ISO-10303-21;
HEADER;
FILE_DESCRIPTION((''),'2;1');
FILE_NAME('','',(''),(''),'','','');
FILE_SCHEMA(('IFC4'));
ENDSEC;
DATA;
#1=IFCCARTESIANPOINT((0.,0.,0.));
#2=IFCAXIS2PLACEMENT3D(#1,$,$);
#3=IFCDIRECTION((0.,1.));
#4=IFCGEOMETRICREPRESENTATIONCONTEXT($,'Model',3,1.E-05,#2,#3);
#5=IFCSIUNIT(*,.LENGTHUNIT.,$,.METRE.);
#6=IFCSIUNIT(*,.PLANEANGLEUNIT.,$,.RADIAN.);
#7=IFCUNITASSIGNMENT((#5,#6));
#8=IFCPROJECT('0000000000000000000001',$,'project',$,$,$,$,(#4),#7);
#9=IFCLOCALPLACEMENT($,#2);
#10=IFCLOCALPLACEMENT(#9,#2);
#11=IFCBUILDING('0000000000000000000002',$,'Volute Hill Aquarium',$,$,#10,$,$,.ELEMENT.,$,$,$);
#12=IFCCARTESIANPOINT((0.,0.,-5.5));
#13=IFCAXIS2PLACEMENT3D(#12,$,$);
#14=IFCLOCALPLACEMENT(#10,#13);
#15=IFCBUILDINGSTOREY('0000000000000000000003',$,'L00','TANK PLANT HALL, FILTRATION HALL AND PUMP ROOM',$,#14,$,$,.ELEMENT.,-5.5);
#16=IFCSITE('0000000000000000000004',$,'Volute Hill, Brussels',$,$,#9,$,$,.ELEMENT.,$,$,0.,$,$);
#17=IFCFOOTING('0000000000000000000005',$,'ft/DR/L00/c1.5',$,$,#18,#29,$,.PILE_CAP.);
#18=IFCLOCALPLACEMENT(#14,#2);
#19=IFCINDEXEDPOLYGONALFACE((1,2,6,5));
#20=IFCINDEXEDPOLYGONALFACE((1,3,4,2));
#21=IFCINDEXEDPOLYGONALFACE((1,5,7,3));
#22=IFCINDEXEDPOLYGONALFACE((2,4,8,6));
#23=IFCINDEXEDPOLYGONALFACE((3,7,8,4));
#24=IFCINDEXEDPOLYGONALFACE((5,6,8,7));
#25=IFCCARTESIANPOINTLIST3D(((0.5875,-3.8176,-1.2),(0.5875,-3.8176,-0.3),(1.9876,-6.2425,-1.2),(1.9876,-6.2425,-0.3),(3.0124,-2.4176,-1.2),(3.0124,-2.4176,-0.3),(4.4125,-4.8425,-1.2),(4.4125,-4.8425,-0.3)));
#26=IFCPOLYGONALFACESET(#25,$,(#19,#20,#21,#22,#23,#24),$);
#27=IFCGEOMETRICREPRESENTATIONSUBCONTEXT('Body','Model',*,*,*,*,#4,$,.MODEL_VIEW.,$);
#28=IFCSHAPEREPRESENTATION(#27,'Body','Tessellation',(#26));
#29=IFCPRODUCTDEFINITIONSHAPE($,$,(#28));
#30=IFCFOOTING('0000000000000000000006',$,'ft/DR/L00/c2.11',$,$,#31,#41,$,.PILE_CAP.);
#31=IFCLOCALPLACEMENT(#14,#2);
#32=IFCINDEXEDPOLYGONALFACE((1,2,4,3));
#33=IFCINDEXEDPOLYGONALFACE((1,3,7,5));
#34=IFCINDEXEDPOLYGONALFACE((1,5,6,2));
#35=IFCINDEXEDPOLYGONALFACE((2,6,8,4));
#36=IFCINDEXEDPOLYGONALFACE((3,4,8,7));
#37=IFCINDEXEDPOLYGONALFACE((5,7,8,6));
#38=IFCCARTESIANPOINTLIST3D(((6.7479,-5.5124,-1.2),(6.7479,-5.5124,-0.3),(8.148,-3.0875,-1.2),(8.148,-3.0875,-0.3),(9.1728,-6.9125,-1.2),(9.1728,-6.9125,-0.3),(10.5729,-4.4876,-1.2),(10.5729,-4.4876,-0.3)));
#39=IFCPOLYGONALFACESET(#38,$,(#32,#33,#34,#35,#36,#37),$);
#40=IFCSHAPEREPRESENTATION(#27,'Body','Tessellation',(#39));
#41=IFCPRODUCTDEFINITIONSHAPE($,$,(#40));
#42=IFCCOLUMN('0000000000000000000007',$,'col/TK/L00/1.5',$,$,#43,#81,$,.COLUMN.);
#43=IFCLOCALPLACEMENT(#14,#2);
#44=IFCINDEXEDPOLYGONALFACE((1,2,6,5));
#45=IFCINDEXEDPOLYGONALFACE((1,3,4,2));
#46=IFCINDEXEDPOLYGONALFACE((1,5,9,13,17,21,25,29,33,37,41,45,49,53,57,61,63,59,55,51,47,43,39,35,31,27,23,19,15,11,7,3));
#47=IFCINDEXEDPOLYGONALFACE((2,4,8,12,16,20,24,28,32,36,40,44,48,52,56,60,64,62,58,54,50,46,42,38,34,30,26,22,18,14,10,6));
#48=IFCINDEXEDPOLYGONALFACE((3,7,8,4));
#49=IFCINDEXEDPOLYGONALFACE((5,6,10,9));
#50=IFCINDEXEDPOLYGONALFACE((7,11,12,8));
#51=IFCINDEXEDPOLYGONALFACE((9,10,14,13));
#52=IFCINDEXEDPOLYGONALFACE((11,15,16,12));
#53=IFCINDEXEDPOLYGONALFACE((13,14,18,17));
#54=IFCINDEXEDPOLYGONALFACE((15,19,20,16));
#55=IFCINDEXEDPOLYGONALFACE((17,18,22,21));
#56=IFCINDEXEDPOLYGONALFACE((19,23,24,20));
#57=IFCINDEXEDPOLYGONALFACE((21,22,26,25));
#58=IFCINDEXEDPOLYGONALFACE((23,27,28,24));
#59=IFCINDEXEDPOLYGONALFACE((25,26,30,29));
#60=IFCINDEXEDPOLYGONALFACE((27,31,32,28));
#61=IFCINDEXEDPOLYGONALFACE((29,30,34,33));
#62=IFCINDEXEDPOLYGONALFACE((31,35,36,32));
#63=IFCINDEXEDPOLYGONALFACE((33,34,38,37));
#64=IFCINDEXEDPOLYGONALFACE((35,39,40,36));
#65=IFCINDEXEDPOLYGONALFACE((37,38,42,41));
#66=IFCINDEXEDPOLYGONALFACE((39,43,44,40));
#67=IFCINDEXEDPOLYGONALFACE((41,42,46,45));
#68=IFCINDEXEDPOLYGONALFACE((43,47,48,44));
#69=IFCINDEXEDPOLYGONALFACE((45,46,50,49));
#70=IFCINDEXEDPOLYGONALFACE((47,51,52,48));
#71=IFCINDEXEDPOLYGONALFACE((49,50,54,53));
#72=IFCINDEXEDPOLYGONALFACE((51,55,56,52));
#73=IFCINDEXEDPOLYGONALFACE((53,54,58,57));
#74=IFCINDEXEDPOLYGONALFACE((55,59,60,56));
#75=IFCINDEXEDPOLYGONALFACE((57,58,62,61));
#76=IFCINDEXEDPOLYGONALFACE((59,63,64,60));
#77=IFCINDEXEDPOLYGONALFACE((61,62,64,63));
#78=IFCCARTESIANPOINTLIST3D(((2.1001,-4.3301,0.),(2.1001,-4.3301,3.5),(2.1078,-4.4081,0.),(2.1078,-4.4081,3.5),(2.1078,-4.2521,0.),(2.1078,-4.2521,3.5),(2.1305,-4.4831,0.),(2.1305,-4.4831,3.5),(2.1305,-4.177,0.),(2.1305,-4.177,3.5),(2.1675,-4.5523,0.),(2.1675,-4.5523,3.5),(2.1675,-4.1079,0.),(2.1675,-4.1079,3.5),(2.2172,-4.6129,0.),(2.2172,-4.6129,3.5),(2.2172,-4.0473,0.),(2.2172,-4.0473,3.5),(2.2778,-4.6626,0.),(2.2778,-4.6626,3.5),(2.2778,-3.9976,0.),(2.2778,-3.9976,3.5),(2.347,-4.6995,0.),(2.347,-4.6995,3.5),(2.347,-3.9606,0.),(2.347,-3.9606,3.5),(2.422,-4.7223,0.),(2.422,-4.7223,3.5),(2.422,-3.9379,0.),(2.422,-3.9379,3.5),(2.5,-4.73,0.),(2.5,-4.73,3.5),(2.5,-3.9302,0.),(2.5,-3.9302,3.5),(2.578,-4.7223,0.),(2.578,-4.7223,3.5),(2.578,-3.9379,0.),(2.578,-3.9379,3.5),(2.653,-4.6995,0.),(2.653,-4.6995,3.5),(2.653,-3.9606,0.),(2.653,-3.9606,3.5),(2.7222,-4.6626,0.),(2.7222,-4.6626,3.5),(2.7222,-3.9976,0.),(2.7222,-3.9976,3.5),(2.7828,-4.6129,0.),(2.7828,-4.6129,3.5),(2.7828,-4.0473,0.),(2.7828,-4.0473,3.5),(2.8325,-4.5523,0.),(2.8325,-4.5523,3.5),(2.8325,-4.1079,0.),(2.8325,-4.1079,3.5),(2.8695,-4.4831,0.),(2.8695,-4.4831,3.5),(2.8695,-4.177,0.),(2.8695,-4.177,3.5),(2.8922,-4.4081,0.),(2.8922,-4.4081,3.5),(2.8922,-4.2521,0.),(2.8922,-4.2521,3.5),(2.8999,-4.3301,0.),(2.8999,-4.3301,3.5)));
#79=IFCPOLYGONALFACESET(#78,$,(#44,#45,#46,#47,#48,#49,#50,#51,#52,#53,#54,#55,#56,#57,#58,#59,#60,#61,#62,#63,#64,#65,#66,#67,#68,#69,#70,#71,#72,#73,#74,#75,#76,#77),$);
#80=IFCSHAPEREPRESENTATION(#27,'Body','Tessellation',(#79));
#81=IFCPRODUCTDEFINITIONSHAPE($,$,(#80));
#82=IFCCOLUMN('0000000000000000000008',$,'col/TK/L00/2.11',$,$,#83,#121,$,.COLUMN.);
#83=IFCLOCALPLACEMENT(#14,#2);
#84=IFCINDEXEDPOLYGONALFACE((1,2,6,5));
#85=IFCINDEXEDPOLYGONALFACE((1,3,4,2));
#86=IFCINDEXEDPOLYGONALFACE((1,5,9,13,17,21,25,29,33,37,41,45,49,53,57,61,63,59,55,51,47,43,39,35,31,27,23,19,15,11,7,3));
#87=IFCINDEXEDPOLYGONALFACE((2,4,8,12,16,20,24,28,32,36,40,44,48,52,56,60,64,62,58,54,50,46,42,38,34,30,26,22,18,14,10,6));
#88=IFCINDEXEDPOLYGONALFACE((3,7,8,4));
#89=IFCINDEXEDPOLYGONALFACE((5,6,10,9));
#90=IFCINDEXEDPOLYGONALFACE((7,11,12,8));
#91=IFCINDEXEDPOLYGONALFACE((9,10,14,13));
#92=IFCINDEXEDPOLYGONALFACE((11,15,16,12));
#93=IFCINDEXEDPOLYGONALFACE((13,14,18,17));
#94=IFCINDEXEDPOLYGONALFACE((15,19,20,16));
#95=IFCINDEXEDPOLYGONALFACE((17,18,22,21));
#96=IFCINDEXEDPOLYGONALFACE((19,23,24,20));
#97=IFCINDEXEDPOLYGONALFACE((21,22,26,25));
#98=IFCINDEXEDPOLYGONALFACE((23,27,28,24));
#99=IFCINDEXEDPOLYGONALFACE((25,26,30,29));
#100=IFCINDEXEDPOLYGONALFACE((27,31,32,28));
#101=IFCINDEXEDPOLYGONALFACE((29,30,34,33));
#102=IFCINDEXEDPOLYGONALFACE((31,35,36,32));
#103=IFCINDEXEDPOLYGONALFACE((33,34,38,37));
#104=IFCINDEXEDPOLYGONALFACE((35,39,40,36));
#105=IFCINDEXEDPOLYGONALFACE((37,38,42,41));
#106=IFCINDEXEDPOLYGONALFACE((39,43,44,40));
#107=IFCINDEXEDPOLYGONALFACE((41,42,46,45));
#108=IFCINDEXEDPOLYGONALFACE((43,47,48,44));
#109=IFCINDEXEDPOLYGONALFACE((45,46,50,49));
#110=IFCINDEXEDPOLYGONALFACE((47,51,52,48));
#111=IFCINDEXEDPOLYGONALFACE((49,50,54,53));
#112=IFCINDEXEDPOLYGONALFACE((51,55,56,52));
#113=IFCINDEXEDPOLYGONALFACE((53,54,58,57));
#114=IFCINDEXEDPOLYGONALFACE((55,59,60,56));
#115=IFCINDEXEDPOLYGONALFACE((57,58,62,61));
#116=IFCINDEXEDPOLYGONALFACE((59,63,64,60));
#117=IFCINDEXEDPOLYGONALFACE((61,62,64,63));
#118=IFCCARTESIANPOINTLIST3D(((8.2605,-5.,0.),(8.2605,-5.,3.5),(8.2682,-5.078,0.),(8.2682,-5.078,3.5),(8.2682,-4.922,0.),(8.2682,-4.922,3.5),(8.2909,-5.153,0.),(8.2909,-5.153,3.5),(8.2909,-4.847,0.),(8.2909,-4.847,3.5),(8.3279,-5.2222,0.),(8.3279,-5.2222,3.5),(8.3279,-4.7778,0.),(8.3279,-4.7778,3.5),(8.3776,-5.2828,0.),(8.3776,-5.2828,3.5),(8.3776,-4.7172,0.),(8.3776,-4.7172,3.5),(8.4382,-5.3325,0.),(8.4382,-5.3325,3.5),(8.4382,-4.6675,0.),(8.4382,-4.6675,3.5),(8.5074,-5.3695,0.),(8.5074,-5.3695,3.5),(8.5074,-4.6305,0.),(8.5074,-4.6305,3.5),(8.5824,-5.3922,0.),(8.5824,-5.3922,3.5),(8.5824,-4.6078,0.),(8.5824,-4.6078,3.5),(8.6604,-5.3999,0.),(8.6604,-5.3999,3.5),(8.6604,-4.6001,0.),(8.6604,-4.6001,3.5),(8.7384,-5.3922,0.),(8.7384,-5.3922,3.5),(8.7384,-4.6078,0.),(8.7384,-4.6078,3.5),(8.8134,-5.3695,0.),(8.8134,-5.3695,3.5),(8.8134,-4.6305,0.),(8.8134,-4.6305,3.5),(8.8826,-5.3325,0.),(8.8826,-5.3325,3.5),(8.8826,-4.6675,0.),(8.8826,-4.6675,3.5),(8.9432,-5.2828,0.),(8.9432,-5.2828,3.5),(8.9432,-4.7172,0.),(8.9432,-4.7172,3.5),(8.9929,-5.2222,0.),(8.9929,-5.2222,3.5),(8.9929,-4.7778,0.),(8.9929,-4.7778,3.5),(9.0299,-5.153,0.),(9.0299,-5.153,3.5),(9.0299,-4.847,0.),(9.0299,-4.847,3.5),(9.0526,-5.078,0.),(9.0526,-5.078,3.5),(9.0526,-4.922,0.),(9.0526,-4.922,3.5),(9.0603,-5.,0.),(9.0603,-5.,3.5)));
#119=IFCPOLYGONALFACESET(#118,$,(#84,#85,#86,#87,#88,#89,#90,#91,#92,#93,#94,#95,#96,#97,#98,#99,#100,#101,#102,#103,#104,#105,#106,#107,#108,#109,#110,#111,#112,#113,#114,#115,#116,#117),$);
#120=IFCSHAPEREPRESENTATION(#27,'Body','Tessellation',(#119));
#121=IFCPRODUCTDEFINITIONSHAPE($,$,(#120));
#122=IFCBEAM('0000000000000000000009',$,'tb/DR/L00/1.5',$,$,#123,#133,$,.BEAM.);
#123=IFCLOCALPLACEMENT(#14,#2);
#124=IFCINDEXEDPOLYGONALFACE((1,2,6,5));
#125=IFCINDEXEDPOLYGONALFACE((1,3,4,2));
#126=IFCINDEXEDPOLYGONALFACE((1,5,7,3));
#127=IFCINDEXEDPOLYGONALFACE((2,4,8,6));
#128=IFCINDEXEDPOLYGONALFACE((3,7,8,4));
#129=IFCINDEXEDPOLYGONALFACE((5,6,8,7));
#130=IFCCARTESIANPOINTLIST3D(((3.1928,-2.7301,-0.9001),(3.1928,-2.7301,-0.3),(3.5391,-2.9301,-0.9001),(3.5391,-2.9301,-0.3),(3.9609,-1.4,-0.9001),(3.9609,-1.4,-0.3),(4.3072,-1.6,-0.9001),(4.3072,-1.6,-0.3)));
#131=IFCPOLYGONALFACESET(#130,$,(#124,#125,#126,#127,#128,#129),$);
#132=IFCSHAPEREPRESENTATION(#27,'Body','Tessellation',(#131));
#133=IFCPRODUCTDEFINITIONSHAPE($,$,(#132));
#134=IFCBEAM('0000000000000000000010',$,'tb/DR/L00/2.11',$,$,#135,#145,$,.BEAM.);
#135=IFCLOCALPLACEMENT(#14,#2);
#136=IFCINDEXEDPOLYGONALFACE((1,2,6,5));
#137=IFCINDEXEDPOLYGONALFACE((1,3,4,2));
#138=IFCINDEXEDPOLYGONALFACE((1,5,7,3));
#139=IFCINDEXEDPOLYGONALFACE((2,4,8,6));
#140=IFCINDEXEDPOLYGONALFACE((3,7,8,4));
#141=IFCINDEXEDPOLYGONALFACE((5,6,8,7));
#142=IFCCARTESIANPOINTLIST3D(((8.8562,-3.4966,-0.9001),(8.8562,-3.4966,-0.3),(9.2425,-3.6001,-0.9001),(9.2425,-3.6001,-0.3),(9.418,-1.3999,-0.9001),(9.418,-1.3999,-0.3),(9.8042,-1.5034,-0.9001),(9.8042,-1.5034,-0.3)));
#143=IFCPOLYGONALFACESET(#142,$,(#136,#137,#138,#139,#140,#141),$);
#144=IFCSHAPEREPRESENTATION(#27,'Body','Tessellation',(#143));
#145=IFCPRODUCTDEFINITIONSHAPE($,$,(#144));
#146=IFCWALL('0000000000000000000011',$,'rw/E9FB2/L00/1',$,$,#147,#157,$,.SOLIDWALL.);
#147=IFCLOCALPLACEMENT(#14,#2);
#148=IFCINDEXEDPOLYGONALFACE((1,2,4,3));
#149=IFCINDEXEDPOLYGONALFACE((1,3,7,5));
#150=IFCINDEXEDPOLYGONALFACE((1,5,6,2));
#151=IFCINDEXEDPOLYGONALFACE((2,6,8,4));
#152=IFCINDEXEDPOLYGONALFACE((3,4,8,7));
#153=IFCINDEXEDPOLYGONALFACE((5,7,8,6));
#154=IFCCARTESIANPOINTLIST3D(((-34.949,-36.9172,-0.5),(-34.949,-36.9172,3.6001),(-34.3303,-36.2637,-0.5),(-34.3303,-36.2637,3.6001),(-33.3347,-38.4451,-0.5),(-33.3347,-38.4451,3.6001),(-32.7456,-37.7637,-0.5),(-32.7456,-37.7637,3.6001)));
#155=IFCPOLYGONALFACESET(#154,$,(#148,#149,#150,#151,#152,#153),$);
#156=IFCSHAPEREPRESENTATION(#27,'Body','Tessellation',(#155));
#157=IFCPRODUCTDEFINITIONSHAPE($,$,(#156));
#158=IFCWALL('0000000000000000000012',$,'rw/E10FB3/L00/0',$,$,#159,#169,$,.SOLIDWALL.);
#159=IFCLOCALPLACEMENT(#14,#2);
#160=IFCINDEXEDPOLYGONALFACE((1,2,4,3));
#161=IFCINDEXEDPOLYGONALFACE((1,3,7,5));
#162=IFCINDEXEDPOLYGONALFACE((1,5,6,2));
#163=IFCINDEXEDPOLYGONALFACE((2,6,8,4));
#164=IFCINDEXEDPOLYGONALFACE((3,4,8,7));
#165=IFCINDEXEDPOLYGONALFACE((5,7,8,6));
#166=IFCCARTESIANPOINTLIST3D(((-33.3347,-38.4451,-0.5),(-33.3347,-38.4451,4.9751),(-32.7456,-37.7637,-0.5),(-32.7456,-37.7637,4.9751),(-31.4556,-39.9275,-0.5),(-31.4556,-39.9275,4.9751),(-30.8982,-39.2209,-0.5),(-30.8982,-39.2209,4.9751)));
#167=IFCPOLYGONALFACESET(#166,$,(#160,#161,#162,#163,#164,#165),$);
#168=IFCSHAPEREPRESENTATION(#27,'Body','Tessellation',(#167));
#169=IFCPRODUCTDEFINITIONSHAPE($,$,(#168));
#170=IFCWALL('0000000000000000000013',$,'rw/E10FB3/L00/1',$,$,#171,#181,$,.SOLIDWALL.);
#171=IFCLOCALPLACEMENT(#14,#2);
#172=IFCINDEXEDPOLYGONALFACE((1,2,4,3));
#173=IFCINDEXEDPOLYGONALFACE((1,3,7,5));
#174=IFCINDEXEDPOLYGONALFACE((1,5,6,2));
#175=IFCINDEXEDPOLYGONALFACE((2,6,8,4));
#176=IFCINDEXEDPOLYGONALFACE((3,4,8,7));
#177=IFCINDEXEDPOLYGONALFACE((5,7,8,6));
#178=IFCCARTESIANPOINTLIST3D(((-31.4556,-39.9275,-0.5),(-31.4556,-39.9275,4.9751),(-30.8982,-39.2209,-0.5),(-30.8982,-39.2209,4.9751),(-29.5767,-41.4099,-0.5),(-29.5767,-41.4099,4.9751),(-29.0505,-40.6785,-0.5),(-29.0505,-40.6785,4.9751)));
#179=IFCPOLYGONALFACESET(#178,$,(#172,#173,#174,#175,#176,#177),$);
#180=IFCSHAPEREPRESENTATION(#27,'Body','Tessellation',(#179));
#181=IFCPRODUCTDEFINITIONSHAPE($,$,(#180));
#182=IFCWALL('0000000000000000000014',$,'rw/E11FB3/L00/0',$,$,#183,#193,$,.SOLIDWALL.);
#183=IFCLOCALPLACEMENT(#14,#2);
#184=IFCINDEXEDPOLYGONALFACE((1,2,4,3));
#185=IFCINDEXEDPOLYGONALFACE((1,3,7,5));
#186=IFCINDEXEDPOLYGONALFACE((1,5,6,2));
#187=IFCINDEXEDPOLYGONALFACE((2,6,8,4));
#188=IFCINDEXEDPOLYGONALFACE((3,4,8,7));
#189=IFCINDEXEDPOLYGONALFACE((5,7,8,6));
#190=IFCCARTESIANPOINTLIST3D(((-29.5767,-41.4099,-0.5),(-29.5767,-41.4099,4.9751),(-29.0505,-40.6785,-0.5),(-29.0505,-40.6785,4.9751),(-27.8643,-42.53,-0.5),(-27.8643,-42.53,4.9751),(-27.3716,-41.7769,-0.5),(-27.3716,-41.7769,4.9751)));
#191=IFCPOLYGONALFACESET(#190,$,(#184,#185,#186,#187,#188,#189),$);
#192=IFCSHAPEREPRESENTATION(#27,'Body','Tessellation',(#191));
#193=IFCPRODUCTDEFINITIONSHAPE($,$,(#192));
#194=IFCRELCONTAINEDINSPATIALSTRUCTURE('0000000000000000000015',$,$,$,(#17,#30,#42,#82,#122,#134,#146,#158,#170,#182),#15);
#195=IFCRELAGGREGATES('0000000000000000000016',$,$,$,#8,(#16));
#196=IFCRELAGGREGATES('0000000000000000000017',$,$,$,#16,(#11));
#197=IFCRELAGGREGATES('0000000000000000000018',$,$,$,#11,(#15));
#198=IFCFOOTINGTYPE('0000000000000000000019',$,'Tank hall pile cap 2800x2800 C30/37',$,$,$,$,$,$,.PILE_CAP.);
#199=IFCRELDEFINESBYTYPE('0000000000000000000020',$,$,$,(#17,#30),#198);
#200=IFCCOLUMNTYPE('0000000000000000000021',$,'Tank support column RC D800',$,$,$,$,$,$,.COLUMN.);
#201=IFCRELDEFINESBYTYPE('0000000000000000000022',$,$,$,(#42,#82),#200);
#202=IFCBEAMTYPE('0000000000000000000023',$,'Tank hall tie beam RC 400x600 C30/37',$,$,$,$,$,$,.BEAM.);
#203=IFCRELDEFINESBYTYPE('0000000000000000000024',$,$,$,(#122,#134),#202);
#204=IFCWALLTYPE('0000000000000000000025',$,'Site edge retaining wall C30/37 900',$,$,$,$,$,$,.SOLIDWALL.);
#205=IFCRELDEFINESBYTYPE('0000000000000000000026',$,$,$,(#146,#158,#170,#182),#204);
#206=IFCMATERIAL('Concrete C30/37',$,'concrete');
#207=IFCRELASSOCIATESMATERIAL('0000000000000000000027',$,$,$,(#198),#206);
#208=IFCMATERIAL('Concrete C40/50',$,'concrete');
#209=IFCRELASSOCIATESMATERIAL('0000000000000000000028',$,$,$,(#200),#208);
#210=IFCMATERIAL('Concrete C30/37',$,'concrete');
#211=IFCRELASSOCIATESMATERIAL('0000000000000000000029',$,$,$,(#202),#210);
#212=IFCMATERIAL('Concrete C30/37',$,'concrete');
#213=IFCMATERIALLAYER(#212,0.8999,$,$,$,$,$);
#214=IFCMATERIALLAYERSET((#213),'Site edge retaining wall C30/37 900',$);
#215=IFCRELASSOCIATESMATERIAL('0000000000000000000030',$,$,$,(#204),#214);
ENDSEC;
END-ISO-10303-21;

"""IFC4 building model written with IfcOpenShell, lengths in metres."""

from ifc_helpers import new_model, si_unit, direction, frame, origin, origin_2d, place, context, subcontext, project, spatial, polyline, rectangle, circle, outline, extrude, material, layer, layer_set, material_profile, profile_set, type_object, element, save


model = new_model("IFC4")

# Units and contexts
model_context = context("Model", 3, precision=1e-05, world=origin(), true_north=direction((0.0, 1.0)))
body_context = subcontext(model_context, "Body", "Model", "MODEL_VIEW")
ifc_project = project(units=[si_unit("LENGTHUNIT", "METRE"), si_unit("PLANEANGLEUNIT", "RADIAN")], contexts=[model_context])

# Site, building, storey
site_placement = place(None, origin())
site = spatial("IfcSite", under=ifc_project, at=site_placement, Name="Volute Hill, Brussels", CompositionType="ELEMENT", RefElevation=0.0)
building_placement = place(site_placement, origin())
building = spatial("IfcBuilding", under=site, at=building_placement, Name="Volute Hill Aquarium", CompositionType="ELEMENT")
storey_placement = place(building_placement, frame((0.0, 0.0, -5.5)))
storey = spatial("IfcBuildingStorey", under=building, at=storey_placement, Name="L00", Description="TANK PLANT HALL, FILTRATION HALL AND PUMP ROOM", CompositionType="ELEMENT", Elevation=-5.5)

# Footings
ifc_material_1 = material(Name="Concrete C30/37", Category="concrete")
footing_type_1 = type_object("IfcFootingType", Name="Tank hall pile cap 2800x2800 C30/37", PredefinedType="PILE_CAP", material=ifc_material_1)
for number, where, z_axis, x_axis, name in (
    (1, (2.5, -4.3301, -1.2), (0.0, 0.0, 1.0), (0.866025, 0.5, 0.0), "ft/DR/L00/c1.5"),
    (2, (8.6604, -5.0, -1.2), (0.0, 0.0, 1.0), (0.5, 0.866025, 0.0), "ft/DR/L00/c2.11"),
):
    element("IfcFooting", number, at=place(storey_placement, frame(where, z_axis=z_axis, x_axis=x_axis)), inside=storey, type_object=footing_type_1, Name=name, PredefinedType="PILE_CAP", context=body_context, shape_type="SweptSolid", body=[
        extrude(rectangle(XDim=2.8, YDim=2.8, at=origin_2d()), origin(), (0.0, 0.0, 1.0), 0.8999),
    ])

# Columns
ifc_material_2 = material(Name="Concrete C40/50", Category="concrete")
ifc_material_profile_1 = material_profile(ifc_material_2, circle(Radius=0.3999, at=origin_2d()), Name="RC round column D800")
ifc_profile_set_1 = profile_set([ifc_material_profile_1], Name="Concrete C40/50")
column_type = type_object("IfcColumnType", Name="Tank support column RC D800", PredefinedType="COLUMN", material=ifc_profile_set_1)
for number, where, z_axis, x_axis, name in (
    (3, (2.5, -4.3301, 0.0), (0.0, 0.0, 1.0), (1.0, 0.0, 0.0), "col/TK/L00/1.5"),
    (4, (8.6604, -5.0, 0.0), (0.0, 0.0, 1.0), (1.0, 0.0, 0.0), "col/TK/L00/2.11"),
):
    element("IfcColumn", number, at=place(storey_placement, frame(where, z_axis=z_axis, x_axis=x_axis)), inside=storey, type_object=column_type, Name=name, PredefinedType="COLUMN", context=body_context, shape_type="SweptSolid", body=[
        extrude(circle(Radius=0.3999, at=origin_2d()), origin(), (0.0, 0.0, 1.0), 3.5),
    ])

# Beams
ifc_material_3 = material(Name="Concrete C30/37", Category="concrete")
ifc_material_profile_2 = material_profile(ifc_material_3, rectangle(XDim=0.3999, YDim=0.6001, at=origin_2d()), Name="RC tie beam 400x600")
ifc_profile_set_2 = profile_set([ifc_material_profile_2], Name="Concrete C30/37")
beam_type = type_object("IfcBeamType", Name="Tank hall tie beam RC 400x600 C30/37", PredefinedType="BEAM", material=ifc_profile_set_2)
beam_1_placement = place(storey_placement, frame((3.366, -2.8301, -0.6001), z_axis=(0.500071, 0.865984, 0.0), x_axis=(-0.865984, 0.500071, 0.0)))
element("IfcBeam", 5, at=beam_1_placement, inside=storey, type_object=beam_type, Name="tb/DR/L00/1.5", PredefinedType="BEAM", context=body_context, shape_type="SweptSolid", body=[
    extrude(rectangle(XDim=0.3999, YDim=0.6001, at=origin_2d()), origin(), (0.0, 0.0, 1.0), 1.5359),
])
beam_2_placement = place(storey_placement, frame((9.0493, -3.5483, -0.6001), z_axis=(0.258804, 0.96593, 0.0), x_axis=(-0.96593, 0.258804, 0.0)))
element("IfcBeam", 6, at=beam_2_placement, inside=storey, type_object=beam_type, Name="tb/DR/L00/2.11", PredefinedType="BEAM", context=body_context, shape_type="SweptSolid", body=[
    extrude(rectangle(XDim=0.3999, YDim=0.6001, at=origin_2d()), origin(), (0.0, 0.0, 1.0), 2.1707),
])

# Walls
ifc_material_4 = material(Name="Concrete C30/37", Category="concrete")
ifc_layer_1 = layer(ifc_material_4, 0.8999)
ifc_layer_set_1 = layer_set([ifc_layer_1], Name="Site edge retaining wall C30/37 900")
wall_type = type_object("IfcWallType", Name="Site edge retaining wall C30/37 900", PredefinedType="SOLIDWALL", material=ifc_layer_set_1)
wall_1_placement = place(storey_placement, frame((0.0, 0.0, -0.5)))
element("IfcWall", 7, at=wall_1_placement, inside=storey, type_object=wall_type, Name="rw/E9FB2/L00/1", PredefinedType="SOLIDWALL", context=body_context, shape_type="SweptSolid", body=[
    extrude(outline(polyline([(-34.949, -36.9172), (-33.3347, -38.4451), (-32.7456, -37.7637), (-34.3303, -36.2637), (-34.949, -36.9172)])), origin(), (0.0, 0.0, 1.0), 4.1001),
])
wall_2_placement = place(storey_placement, frame((0.0, 0.0, -0.5)))
element("IfcWall", 8, at=wall_2_placement, inside=storey, type_object=wall_type, Name="rw/E10FB3/L00/0", PredefinedType="SOLIDWALL", context=body_context, shape_type="SweptSolid", body=[
    extrude(outline(polyline([(-33.3347, -38.4451), (-31.4556, -39.9275), (-30.8982, -39.2209), (-32.7456, -37.7637), (-32.7456, -37.7637), (-33.3347, -38.4451)])), origin(), (0.0, 0.0, 1.0), 5.4751),
])
wall_3_placement = place(storey_placement, frame((0.0, 0.0, -0.5)))
element("IfcWall", 9, at=wall_3_placement, inside=storey, type_object=wall_type, Name="rw/E10FB3/L00/1", PredefinedType="SOLIDWALL", context=body_context, shape_type="SweptSolid", body=[
    extrude(outline(polyline([(-29.5767, -41.4099), (-29.5767, -41.4099), (-29.0505, -40.6785), (-29.0505, -40.6785), (-30.8982, -39.2209), (-31.4556, -39.9275), (-29.5767, -41.4099)])), origin(), (0.0, 0.0, 1.0), 5.4751),
])
wall_4_placement = place(storey_placement, frame((0.0, 0.0, -0.5)))
element("IfcWall", 10, at=wall_4_placement, inside=storey, type_object=wall_type, Name="rw/E11FB3/L00/0", PredefinedType="SOLIDWALL", context=body_context, shape_type="SweptSolid", body=[
    extrude(outline(polyline([(-29.5767, -41.4099), (-27.8643, -42.53), (-27.3716, -41.7769), (-29.0505, -40.6785), (-29.5767, -41.4099)])), origin(), (0.0, 0.0, 1.0), 5.4751),
])

save(model, "model.ifc")
